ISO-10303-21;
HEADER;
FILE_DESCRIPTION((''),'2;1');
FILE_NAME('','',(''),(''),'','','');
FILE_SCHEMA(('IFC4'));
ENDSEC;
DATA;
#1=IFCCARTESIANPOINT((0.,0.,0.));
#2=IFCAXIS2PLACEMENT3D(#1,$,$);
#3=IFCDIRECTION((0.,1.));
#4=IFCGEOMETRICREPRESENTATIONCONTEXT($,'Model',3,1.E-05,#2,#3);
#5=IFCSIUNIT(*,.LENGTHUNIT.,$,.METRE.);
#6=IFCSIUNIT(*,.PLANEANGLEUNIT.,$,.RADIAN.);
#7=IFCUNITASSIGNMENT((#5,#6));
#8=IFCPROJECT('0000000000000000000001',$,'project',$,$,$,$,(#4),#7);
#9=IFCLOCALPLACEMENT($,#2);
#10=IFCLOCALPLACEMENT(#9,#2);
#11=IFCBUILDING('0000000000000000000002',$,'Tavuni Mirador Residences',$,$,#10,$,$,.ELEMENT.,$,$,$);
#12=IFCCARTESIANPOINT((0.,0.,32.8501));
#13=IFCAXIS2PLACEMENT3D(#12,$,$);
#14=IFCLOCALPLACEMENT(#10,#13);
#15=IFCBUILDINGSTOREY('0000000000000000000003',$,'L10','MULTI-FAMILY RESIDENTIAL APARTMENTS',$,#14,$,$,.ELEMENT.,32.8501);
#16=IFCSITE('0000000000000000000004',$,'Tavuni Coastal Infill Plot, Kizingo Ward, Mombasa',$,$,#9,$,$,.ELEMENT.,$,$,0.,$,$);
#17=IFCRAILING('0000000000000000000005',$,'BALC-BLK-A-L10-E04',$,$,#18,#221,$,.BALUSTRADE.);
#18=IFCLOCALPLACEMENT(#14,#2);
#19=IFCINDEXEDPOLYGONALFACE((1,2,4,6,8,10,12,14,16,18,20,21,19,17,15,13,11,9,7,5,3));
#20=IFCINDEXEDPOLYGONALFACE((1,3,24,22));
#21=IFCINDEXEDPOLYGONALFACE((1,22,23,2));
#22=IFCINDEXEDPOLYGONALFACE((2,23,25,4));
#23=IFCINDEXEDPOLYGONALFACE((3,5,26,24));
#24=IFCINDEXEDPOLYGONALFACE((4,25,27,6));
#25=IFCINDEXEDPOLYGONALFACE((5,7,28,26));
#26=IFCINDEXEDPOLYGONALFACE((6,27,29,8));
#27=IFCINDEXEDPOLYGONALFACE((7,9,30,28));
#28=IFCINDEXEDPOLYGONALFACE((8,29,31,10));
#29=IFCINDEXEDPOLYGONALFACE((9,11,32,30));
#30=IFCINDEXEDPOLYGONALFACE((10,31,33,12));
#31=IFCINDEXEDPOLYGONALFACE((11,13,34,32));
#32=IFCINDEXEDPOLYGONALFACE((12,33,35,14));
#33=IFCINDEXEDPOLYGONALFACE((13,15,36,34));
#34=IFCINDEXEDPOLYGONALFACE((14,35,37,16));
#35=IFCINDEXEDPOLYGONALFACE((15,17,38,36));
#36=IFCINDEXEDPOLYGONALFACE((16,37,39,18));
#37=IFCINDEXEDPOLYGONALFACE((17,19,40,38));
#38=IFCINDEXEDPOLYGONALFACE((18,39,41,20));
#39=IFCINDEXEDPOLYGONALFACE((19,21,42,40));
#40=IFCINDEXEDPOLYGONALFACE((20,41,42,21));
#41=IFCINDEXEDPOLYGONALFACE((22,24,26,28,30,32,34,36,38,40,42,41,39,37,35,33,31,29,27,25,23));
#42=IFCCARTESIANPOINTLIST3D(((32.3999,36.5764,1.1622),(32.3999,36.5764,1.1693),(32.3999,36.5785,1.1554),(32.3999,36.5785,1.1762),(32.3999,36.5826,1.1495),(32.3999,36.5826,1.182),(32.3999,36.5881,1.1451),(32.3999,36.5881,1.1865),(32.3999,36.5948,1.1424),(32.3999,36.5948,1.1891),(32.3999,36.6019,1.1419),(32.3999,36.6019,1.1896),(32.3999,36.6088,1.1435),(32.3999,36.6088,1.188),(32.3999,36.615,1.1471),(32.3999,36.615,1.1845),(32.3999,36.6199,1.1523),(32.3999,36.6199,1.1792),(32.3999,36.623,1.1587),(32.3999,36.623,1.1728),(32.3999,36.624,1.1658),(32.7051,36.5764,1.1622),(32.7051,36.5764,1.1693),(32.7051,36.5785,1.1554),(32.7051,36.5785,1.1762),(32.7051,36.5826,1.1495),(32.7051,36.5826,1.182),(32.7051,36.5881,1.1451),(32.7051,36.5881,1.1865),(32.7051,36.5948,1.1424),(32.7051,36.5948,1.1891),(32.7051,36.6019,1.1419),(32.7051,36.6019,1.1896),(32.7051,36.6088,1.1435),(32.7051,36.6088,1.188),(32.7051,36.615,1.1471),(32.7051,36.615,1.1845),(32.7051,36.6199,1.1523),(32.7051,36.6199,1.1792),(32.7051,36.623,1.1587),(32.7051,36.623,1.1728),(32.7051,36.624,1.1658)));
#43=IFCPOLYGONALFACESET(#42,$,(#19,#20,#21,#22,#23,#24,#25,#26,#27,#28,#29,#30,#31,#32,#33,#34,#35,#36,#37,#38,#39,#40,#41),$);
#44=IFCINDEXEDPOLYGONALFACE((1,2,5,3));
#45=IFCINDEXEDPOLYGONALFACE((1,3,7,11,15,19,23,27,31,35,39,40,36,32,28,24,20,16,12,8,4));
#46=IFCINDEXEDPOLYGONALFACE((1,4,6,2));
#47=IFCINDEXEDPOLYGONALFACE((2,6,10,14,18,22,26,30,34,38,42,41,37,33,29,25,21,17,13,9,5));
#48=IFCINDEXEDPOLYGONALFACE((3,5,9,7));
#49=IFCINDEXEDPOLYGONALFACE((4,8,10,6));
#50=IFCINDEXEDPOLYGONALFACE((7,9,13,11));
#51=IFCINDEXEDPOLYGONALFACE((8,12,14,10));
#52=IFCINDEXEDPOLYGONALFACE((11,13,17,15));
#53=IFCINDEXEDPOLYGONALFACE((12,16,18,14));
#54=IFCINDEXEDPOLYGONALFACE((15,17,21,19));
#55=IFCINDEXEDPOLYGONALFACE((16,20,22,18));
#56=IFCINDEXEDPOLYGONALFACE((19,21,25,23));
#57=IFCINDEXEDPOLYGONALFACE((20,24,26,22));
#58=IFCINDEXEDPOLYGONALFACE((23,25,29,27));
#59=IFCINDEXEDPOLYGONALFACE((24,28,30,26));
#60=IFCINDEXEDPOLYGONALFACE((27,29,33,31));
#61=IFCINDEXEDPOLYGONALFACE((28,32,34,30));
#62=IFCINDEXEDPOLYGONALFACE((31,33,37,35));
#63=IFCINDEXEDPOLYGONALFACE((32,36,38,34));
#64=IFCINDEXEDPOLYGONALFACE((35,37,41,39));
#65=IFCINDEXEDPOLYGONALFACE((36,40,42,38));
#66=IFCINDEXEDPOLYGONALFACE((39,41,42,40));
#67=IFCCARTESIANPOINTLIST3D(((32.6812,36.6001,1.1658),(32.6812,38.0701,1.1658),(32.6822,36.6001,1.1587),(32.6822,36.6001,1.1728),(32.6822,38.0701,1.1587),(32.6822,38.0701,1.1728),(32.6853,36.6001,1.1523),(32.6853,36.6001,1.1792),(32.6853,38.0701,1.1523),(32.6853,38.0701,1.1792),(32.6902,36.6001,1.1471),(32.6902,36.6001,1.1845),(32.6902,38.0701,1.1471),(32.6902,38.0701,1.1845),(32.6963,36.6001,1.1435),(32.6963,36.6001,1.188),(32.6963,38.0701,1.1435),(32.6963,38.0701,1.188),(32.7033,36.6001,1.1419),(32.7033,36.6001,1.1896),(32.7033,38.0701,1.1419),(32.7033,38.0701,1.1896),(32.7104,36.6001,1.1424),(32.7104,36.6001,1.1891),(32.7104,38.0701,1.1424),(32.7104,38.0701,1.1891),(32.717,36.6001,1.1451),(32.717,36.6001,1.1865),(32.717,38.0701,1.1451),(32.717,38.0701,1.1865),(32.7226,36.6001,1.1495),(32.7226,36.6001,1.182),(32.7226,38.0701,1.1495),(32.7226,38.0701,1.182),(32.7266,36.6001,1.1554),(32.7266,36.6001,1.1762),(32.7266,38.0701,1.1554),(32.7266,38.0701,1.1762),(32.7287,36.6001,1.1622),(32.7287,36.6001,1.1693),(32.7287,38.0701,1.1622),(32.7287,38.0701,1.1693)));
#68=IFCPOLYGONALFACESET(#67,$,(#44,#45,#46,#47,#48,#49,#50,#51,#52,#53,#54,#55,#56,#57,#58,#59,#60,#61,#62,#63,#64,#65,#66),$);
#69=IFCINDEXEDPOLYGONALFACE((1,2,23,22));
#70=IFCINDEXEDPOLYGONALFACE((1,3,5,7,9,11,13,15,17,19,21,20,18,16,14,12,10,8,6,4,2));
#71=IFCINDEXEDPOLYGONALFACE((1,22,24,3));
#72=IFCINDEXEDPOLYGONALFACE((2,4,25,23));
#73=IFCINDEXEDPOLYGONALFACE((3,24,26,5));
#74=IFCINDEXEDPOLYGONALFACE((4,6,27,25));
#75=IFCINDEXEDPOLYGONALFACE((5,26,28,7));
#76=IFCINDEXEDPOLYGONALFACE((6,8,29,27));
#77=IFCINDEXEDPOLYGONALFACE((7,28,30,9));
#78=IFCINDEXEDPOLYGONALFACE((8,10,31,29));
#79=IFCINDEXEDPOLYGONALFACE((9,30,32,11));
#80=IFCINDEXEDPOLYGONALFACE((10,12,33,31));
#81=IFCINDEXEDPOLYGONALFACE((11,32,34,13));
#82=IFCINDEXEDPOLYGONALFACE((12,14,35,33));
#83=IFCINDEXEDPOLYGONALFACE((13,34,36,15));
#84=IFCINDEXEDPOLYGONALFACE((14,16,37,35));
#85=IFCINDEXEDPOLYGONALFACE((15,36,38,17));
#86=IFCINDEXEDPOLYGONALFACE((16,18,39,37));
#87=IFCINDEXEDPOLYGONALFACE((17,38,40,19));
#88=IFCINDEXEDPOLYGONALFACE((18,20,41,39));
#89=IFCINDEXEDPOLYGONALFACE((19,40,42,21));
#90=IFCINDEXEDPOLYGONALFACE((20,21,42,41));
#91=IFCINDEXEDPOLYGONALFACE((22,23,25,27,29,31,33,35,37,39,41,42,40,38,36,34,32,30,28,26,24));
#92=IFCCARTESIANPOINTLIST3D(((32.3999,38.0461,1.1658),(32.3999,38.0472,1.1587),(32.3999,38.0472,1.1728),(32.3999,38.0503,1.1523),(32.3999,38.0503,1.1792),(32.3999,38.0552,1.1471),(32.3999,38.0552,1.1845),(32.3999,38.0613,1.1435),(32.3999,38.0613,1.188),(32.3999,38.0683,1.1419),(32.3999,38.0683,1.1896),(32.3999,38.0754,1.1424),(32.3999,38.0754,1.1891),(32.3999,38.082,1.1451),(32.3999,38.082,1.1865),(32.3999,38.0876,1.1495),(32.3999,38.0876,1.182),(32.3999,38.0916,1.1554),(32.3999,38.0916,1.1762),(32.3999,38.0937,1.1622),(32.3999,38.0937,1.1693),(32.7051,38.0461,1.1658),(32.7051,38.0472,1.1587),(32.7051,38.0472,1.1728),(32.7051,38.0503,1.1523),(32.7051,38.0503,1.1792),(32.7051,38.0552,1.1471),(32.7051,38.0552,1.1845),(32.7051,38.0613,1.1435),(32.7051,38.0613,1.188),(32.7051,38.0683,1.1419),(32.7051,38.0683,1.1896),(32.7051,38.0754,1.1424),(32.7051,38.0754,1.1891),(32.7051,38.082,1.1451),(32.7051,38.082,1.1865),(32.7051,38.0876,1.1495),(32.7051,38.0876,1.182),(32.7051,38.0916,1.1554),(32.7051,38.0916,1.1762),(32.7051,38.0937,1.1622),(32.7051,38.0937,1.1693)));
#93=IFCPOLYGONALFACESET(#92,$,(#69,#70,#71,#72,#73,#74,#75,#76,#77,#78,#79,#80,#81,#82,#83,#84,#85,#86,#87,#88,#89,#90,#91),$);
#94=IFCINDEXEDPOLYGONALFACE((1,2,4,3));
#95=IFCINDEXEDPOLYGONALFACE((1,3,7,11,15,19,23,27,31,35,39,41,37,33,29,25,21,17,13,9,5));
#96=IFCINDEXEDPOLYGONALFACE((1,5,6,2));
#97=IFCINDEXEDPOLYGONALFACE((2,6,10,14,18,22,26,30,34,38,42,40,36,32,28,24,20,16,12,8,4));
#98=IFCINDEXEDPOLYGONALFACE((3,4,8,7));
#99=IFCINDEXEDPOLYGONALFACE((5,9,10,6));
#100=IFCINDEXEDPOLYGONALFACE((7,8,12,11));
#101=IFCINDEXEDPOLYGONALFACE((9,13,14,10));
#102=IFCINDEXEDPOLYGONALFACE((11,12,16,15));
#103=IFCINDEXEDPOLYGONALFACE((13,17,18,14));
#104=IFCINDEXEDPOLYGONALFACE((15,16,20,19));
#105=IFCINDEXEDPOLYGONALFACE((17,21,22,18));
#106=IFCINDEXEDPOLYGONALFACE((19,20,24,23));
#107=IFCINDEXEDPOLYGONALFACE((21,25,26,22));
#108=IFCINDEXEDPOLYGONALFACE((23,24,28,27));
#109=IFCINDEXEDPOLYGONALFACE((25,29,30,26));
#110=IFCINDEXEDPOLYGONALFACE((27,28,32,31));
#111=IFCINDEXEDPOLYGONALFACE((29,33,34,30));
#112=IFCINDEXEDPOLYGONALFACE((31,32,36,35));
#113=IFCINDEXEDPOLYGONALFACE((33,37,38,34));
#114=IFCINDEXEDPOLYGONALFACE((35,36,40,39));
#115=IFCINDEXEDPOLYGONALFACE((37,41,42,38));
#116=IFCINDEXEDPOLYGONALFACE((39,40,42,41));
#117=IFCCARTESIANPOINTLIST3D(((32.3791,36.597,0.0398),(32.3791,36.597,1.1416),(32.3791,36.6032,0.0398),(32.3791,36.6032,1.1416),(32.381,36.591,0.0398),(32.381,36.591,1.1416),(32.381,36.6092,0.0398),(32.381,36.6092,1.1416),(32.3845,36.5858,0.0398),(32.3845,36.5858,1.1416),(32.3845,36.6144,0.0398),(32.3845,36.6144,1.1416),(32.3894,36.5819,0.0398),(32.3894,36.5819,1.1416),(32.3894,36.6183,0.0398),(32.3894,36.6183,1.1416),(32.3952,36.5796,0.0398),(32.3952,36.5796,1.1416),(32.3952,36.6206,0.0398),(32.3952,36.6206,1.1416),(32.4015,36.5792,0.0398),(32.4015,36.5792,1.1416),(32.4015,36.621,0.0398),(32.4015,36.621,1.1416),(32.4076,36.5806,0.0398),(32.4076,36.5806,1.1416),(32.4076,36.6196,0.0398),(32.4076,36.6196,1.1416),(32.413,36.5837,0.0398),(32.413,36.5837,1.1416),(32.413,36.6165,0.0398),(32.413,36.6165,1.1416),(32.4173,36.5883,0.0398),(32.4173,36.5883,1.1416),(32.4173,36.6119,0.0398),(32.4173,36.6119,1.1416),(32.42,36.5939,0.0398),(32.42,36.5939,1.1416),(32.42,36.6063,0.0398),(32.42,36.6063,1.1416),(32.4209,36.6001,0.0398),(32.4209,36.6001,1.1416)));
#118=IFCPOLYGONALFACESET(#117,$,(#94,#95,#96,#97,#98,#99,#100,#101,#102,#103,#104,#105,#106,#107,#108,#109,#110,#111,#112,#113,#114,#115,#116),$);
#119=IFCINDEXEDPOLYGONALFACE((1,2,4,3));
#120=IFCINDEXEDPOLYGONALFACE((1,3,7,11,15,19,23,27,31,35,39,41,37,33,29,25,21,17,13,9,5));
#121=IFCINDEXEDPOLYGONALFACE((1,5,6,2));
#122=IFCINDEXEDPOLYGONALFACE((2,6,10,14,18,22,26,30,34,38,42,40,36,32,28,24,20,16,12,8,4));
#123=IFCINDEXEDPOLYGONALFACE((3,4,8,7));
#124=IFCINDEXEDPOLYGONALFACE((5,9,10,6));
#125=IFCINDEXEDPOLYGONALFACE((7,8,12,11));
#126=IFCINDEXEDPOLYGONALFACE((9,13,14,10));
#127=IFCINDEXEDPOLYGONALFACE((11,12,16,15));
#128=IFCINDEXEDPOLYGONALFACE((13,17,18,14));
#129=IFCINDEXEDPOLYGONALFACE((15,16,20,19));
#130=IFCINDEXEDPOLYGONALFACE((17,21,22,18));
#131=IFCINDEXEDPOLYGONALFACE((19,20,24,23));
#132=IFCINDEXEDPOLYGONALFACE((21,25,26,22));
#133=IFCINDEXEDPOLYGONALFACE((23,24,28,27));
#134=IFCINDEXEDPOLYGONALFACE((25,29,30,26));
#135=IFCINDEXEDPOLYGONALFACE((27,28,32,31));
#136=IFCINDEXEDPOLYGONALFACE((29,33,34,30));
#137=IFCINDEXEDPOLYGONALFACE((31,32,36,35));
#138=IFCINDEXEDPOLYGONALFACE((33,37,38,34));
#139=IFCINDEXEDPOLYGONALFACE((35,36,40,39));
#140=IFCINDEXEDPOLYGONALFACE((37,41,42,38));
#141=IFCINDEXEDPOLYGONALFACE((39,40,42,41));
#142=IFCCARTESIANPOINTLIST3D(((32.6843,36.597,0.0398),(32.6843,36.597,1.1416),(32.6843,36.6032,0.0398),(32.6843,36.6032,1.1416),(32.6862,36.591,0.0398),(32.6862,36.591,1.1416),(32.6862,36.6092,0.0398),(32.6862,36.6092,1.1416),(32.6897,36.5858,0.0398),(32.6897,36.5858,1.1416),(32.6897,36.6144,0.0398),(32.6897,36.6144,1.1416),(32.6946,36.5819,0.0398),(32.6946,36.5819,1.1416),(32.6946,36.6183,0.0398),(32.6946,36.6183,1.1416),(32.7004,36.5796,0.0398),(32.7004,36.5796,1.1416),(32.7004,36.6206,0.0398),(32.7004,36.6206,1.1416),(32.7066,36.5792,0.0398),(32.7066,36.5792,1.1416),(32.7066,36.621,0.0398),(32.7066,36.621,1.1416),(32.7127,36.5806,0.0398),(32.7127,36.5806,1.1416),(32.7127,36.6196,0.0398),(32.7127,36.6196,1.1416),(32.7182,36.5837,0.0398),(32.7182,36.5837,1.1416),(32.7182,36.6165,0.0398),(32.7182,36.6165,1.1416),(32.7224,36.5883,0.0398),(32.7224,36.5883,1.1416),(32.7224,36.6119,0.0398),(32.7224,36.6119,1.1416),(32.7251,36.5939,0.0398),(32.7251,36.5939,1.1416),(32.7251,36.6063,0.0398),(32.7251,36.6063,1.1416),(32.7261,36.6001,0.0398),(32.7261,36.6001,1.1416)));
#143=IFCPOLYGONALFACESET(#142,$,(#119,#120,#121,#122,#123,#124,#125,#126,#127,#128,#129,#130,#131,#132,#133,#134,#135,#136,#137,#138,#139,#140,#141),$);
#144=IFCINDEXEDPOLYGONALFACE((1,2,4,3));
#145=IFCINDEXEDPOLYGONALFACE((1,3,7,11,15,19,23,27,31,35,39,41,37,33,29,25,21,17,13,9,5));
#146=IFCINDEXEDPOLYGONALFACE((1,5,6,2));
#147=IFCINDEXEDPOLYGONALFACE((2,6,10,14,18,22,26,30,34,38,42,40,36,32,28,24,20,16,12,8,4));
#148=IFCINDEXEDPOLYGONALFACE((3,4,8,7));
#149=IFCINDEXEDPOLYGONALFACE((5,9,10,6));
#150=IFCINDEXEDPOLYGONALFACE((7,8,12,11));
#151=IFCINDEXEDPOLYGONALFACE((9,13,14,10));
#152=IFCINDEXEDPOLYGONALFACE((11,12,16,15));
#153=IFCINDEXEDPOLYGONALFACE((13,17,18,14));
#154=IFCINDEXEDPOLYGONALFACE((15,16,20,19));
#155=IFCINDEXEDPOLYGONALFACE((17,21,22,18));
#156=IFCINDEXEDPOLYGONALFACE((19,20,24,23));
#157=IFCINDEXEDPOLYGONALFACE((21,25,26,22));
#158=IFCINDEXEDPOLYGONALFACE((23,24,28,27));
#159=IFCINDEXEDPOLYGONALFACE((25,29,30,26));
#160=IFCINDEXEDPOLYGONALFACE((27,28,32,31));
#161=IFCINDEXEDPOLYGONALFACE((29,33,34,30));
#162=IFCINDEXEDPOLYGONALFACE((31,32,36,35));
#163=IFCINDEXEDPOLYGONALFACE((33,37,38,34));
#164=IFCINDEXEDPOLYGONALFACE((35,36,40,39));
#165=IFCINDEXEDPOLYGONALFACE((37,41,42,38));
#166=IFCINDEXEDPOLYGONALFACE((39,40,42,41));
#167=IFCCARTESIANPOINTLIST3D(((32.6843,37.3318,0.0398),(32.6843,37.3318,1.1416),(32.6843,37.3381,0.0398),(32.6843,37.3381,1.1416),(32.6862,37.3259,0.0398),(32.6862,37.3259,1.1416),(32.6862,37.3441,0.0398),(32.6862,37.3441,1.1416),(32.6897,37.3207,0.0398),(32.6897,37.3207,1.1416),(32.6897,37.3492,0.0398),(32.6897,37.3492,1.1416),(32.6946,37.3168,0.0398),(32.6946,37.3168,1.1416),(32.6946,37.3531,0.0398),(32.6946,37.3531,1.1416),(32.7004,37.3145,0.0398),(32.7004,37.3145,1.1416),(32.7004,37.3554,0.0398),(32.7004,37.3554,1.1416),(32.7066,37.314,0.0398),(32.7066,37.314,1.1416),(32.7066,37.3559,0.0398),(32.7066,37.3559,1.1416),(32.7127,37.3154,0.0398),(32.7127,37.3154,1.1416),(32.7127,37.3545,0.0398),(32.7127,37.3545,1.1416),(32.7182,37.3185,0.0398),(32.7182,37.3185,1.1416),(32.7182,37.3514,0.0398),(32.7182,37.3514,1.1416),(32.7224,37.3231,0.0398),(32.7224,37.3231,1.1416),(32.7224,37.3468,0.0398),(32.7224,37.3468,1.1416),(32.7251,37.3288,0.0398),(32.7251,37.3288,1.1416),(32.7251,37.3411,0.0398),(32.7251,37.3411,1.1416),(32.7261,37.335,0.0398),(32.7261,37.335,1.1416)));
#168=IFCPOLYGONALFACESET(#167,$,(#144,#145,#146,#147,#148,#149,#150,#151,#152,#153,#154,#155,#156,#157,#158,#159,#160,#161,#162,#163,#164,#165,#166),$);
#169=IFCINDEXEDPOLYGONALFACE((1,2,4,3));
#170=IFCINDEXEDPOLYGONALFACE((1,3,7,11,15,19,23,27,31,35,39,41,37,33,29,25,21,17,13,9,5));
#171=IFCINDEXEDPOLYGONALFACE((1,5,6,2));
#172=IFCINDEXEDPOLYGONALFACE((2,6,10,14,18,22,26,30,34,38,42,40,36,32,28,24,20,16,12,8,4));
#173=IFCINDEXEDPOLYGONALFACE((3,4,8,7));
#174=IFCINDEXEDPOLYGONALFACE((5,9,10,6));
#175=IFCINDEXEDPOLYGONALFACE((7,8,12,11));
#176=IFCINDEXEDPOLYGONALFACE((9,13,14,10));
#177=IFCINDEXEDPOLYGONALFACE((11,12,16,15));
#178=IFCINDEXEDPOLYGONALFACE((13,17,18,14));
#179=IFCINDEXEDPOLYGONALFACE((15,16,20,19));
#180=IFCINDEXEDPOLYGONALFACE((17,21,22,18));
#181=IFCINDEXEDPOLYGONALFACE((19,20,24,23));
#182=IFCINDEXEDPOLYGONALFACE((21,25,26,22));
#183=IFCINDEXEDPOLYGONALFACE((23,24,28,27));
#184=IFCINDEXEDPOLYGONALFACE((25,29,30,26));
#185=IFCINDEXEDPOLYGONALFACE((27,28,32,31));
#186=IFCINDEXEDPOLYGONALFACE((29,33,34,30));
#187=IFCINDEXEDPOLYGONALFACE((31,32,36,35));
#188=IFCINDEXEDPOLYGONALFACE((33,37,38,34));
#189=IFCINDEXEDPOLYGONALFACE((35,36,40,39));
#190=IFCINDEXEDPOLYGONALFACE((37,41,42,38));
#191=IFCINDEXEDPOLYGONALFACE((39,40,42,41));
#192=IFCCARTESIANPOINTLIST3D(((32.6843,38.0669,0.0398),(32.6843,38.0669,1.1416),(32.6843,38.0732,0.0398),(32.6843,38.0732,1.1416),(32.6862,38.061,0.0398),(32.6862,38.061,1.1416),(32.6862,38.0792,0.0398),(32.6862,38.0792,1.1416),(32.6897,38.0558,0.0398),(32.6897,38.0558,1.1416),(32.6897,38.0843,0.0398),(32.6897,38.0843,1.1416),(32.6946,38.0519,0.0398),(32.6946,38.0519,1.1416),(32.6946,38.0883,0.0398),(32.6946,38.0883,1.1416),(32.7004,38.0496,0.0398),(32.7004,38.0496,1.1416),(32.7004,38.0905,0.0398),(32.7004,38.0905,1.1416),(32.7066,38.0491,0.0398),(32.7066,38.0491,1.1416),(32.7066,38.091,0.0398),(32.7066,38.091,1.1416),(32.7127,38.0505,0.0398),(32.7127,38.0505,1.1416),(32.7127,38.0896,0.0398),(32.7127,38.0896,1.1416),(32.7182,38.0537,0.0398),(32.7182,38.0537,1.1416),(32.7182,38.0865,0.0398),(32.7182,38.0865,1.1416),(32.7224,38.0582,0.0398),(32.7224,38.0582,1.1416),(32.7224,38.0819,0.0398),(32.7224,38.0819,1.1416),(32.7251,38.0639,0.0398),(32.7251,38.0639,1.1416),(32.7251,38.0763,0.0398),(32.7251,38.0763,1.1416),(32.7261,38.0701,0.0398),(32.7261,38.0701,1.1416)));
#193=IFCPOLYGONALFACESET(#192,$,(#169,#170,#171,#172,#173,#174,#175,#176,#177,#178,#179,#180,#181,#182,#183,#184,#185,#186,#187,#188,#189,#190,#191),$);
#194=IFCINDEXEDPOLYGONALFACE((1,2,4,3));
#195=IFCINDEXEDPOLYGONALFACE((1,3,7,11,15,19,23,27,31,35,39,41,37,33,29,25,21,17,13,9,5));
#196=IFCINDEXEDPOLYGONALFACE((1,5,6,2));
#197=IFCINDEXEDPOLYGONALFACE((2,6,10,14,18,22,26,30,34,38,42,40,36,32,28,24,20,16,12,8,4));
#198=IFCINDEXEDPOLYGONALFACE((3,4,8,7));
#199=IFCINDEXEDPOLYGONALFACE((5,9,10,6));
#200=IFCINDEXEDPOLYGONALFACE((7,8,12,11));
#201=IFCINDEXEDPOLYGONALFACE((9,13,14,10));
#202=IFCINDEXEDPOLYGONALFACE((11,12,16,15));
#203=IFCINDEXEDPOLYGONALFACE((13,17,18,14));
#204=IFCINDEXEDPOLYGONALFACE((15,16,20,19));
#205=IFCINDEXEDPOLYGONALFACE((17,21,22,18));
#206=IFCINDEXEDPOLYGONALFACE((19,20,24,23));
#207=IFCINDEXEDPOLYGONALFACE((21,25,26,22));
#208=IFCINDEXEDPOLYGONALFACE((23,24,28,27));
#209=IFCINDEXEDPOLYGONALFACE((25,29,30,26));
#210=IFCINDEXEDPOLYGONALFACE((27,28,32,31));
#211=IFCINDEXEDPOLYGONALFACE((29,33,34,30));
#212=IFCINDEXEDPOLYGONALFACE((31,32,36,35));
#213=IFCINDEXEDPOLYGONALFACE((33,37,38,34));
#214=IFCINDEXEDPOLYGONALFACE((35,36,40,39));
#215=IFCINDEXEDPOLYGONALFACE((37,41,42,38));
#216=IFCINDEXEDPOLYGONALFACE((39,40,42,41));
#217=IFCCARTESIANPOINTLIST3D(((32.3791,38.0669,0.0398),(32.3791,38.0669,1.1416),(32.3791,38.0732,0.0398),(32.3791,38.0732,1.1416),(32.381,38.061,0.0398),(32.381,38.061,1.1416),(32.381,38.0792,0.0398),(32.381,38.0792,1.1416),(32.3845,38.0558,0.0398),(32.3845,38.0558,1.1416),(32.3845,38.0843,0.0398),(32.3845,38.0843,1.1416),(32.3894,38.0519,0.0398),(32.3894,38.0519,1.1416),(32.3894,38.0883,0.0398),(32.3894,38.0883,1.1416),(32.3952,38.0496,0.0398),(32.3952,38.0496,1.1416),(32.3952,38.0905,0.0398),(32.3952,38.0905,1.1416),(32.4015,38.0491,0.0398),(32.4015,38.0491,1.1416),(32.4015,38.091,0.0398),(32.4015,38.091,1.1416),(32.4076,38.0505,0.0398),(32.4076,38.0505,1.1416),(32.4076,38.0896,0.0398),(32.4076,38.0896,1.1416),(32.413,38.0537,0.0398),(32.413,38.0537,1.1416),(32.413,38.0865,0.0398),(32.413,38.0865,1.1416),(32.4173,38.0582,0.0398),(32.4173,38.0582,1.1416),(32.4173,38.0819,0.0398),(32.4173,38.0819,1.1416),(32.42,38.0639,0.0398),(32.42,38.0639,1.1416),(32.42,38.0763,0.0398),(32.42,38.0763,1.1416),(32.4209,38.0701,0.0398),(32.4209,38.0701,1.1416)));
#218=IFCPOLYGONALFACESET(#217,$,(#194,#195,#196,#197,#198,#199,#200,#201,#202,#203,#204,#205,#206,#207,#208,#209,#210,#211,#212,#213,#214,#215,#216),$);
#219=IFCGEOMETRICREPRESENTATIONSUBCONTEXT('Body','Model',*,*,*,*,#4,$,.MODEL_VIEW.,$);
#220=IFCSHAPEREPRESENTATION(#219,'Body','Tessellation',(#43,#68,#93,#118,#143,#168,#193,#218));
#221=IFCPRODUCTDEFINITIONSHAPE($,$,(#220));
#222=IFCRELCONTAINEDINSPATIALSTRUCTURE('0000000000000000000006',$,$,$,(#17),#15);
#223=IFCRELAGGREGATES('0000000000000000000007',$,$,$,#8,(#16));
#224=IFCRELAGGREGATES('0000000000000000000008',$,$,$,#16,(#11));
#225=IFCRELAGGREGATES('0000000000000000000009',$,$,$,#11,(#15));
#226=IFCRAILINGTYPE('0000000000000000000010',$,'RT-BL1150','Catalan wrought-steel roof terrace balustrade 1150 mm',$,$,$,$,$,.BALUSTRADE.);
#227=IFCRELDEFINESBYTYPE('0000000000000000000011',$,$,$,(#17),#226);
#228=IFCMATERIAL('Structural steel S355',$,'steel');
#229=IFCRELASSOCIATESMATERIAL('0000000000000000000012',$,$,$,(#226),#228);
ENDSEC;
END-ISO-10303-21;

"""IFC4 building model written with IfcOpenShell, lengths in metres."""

from ifc_helpers import new_model, si_unit, direction, frame, origin, origin_2d, place, context, subcontext, project, spatial, circle, extrude, material, type_object, element, save


model = new_model("IFC4")

# Units and contexts
model_context = context("Model", 3, precision=1e-05, world=origin(), true_north=direction((0.0, 1.0)))
body_context = subcontext(model_context, "Body", "Model", "MODEL_VIEW")
ifc_project = project(units=[si_unit("LENGTHUNIT", "METRE"), si_unit("PLANEANGLEUNIT", "RADIAN")], contexts=[model_context])

# Site, building, storey
site_placement = place(None, origin())
site = spatial("IfcSite", under=ifc_project, at=site_placement, Name="Tavuni Coastal Infill Plot, Kizingo Ward, Mombasa", CompositionType="ELEMENT", RefElevation=0.0)
building_placement = place(site_placement, origin())
building = spatial("IfcBuilding", under=site, at=building_placement, Name="Tavuni Mirador Residences", CompositionType="ELEMENT")
storey_placement = place(building_placement, frame((0.0, 0.0, 32.8501)))
storey = spatial("IfcBuildingStorey", under=building, at=storey_placement, Name="L10", Description="MULTI-FAMILY RESIDENTIAL APARTMENTS", CompositionType="ELEMENT", Elevation=32.8501)

# Railing
ifc_material_1 = material(Name="Structural steel S355", Category="steel")
railing_type = type_object("IfcRailingType", Name="RT-BL1150", Description="Catalan wrought-steel roof terrace balustrade 1150 mm", PredefinedType="BALUSTRADE", material=ifc_material_1)
railing_placement = place(storey_placement, frame((32.3999, 36.6001, 0.0398)))
element("IfcRailing", 1, at=railing_placement, inside=storey, type_object=railing_type, Name="BALC-BLK-A-L10-E04", PredefinedType="BALUSTRADE", context=body_context, shape_type="SweptSolid", body=[
    extrude(circle(Radius=0.0239, at=origin_2d()), frame((0.0, 0.0, 1.126), z_axis=(1.0, 0.0, 0.0), x_axis=(0.0, 1.0, 0.0)), (0.0, 0.0, 1.0), 0.3052),
    extrude(circle(Radius=0.0239, at=origin_2d()), frame((0.3052, 0.0, 1.126), z_axis=(0.0, 1.0, 0.0), x_axis=(-1.0, 0.0, 0.0)), (0.0, 0.0, 1.0), 1.47),
    extrude(circle(Radius=0.0239, at=origin_2d()), frame((0.3052, 1.47, 1.126), z_axis=(-1.0, 0.0, 0.0), x_axis=(0.0, -1.0, 0.0)), (0.0, 0.0, 1.0), 0.3052),
    extrude(circle(Radius=0.021, at=origin_2d()), origin(), (0.0, 0.0, 1.0), 1.1018),
    extrude(circle(Radius=0.021, at=origin_2d()), frame((0.3052, 0.0, 0.0)), (0.0, 0.0, 1.0), 1.1018),
    extrude(circle(Radius=0.021, at=origin_2d()), frame((0.3052, 0.7349, 0.0)), (0.0, 0.0, 1.0), 1.1018),
    extrude(circle(Radius=0.021, at=origin_2d()), frame((0.3052, 1.47, 0.0)), (0.0, 0.0, 1.0), 1.1018),
    extrude(circle(Radius=0.021, at=origin_2d()), frame((0.0, 1.47, 0.0)), (0.0, 0.0, 1.0), 1.1018),
])

save(model, "model.ifc")
